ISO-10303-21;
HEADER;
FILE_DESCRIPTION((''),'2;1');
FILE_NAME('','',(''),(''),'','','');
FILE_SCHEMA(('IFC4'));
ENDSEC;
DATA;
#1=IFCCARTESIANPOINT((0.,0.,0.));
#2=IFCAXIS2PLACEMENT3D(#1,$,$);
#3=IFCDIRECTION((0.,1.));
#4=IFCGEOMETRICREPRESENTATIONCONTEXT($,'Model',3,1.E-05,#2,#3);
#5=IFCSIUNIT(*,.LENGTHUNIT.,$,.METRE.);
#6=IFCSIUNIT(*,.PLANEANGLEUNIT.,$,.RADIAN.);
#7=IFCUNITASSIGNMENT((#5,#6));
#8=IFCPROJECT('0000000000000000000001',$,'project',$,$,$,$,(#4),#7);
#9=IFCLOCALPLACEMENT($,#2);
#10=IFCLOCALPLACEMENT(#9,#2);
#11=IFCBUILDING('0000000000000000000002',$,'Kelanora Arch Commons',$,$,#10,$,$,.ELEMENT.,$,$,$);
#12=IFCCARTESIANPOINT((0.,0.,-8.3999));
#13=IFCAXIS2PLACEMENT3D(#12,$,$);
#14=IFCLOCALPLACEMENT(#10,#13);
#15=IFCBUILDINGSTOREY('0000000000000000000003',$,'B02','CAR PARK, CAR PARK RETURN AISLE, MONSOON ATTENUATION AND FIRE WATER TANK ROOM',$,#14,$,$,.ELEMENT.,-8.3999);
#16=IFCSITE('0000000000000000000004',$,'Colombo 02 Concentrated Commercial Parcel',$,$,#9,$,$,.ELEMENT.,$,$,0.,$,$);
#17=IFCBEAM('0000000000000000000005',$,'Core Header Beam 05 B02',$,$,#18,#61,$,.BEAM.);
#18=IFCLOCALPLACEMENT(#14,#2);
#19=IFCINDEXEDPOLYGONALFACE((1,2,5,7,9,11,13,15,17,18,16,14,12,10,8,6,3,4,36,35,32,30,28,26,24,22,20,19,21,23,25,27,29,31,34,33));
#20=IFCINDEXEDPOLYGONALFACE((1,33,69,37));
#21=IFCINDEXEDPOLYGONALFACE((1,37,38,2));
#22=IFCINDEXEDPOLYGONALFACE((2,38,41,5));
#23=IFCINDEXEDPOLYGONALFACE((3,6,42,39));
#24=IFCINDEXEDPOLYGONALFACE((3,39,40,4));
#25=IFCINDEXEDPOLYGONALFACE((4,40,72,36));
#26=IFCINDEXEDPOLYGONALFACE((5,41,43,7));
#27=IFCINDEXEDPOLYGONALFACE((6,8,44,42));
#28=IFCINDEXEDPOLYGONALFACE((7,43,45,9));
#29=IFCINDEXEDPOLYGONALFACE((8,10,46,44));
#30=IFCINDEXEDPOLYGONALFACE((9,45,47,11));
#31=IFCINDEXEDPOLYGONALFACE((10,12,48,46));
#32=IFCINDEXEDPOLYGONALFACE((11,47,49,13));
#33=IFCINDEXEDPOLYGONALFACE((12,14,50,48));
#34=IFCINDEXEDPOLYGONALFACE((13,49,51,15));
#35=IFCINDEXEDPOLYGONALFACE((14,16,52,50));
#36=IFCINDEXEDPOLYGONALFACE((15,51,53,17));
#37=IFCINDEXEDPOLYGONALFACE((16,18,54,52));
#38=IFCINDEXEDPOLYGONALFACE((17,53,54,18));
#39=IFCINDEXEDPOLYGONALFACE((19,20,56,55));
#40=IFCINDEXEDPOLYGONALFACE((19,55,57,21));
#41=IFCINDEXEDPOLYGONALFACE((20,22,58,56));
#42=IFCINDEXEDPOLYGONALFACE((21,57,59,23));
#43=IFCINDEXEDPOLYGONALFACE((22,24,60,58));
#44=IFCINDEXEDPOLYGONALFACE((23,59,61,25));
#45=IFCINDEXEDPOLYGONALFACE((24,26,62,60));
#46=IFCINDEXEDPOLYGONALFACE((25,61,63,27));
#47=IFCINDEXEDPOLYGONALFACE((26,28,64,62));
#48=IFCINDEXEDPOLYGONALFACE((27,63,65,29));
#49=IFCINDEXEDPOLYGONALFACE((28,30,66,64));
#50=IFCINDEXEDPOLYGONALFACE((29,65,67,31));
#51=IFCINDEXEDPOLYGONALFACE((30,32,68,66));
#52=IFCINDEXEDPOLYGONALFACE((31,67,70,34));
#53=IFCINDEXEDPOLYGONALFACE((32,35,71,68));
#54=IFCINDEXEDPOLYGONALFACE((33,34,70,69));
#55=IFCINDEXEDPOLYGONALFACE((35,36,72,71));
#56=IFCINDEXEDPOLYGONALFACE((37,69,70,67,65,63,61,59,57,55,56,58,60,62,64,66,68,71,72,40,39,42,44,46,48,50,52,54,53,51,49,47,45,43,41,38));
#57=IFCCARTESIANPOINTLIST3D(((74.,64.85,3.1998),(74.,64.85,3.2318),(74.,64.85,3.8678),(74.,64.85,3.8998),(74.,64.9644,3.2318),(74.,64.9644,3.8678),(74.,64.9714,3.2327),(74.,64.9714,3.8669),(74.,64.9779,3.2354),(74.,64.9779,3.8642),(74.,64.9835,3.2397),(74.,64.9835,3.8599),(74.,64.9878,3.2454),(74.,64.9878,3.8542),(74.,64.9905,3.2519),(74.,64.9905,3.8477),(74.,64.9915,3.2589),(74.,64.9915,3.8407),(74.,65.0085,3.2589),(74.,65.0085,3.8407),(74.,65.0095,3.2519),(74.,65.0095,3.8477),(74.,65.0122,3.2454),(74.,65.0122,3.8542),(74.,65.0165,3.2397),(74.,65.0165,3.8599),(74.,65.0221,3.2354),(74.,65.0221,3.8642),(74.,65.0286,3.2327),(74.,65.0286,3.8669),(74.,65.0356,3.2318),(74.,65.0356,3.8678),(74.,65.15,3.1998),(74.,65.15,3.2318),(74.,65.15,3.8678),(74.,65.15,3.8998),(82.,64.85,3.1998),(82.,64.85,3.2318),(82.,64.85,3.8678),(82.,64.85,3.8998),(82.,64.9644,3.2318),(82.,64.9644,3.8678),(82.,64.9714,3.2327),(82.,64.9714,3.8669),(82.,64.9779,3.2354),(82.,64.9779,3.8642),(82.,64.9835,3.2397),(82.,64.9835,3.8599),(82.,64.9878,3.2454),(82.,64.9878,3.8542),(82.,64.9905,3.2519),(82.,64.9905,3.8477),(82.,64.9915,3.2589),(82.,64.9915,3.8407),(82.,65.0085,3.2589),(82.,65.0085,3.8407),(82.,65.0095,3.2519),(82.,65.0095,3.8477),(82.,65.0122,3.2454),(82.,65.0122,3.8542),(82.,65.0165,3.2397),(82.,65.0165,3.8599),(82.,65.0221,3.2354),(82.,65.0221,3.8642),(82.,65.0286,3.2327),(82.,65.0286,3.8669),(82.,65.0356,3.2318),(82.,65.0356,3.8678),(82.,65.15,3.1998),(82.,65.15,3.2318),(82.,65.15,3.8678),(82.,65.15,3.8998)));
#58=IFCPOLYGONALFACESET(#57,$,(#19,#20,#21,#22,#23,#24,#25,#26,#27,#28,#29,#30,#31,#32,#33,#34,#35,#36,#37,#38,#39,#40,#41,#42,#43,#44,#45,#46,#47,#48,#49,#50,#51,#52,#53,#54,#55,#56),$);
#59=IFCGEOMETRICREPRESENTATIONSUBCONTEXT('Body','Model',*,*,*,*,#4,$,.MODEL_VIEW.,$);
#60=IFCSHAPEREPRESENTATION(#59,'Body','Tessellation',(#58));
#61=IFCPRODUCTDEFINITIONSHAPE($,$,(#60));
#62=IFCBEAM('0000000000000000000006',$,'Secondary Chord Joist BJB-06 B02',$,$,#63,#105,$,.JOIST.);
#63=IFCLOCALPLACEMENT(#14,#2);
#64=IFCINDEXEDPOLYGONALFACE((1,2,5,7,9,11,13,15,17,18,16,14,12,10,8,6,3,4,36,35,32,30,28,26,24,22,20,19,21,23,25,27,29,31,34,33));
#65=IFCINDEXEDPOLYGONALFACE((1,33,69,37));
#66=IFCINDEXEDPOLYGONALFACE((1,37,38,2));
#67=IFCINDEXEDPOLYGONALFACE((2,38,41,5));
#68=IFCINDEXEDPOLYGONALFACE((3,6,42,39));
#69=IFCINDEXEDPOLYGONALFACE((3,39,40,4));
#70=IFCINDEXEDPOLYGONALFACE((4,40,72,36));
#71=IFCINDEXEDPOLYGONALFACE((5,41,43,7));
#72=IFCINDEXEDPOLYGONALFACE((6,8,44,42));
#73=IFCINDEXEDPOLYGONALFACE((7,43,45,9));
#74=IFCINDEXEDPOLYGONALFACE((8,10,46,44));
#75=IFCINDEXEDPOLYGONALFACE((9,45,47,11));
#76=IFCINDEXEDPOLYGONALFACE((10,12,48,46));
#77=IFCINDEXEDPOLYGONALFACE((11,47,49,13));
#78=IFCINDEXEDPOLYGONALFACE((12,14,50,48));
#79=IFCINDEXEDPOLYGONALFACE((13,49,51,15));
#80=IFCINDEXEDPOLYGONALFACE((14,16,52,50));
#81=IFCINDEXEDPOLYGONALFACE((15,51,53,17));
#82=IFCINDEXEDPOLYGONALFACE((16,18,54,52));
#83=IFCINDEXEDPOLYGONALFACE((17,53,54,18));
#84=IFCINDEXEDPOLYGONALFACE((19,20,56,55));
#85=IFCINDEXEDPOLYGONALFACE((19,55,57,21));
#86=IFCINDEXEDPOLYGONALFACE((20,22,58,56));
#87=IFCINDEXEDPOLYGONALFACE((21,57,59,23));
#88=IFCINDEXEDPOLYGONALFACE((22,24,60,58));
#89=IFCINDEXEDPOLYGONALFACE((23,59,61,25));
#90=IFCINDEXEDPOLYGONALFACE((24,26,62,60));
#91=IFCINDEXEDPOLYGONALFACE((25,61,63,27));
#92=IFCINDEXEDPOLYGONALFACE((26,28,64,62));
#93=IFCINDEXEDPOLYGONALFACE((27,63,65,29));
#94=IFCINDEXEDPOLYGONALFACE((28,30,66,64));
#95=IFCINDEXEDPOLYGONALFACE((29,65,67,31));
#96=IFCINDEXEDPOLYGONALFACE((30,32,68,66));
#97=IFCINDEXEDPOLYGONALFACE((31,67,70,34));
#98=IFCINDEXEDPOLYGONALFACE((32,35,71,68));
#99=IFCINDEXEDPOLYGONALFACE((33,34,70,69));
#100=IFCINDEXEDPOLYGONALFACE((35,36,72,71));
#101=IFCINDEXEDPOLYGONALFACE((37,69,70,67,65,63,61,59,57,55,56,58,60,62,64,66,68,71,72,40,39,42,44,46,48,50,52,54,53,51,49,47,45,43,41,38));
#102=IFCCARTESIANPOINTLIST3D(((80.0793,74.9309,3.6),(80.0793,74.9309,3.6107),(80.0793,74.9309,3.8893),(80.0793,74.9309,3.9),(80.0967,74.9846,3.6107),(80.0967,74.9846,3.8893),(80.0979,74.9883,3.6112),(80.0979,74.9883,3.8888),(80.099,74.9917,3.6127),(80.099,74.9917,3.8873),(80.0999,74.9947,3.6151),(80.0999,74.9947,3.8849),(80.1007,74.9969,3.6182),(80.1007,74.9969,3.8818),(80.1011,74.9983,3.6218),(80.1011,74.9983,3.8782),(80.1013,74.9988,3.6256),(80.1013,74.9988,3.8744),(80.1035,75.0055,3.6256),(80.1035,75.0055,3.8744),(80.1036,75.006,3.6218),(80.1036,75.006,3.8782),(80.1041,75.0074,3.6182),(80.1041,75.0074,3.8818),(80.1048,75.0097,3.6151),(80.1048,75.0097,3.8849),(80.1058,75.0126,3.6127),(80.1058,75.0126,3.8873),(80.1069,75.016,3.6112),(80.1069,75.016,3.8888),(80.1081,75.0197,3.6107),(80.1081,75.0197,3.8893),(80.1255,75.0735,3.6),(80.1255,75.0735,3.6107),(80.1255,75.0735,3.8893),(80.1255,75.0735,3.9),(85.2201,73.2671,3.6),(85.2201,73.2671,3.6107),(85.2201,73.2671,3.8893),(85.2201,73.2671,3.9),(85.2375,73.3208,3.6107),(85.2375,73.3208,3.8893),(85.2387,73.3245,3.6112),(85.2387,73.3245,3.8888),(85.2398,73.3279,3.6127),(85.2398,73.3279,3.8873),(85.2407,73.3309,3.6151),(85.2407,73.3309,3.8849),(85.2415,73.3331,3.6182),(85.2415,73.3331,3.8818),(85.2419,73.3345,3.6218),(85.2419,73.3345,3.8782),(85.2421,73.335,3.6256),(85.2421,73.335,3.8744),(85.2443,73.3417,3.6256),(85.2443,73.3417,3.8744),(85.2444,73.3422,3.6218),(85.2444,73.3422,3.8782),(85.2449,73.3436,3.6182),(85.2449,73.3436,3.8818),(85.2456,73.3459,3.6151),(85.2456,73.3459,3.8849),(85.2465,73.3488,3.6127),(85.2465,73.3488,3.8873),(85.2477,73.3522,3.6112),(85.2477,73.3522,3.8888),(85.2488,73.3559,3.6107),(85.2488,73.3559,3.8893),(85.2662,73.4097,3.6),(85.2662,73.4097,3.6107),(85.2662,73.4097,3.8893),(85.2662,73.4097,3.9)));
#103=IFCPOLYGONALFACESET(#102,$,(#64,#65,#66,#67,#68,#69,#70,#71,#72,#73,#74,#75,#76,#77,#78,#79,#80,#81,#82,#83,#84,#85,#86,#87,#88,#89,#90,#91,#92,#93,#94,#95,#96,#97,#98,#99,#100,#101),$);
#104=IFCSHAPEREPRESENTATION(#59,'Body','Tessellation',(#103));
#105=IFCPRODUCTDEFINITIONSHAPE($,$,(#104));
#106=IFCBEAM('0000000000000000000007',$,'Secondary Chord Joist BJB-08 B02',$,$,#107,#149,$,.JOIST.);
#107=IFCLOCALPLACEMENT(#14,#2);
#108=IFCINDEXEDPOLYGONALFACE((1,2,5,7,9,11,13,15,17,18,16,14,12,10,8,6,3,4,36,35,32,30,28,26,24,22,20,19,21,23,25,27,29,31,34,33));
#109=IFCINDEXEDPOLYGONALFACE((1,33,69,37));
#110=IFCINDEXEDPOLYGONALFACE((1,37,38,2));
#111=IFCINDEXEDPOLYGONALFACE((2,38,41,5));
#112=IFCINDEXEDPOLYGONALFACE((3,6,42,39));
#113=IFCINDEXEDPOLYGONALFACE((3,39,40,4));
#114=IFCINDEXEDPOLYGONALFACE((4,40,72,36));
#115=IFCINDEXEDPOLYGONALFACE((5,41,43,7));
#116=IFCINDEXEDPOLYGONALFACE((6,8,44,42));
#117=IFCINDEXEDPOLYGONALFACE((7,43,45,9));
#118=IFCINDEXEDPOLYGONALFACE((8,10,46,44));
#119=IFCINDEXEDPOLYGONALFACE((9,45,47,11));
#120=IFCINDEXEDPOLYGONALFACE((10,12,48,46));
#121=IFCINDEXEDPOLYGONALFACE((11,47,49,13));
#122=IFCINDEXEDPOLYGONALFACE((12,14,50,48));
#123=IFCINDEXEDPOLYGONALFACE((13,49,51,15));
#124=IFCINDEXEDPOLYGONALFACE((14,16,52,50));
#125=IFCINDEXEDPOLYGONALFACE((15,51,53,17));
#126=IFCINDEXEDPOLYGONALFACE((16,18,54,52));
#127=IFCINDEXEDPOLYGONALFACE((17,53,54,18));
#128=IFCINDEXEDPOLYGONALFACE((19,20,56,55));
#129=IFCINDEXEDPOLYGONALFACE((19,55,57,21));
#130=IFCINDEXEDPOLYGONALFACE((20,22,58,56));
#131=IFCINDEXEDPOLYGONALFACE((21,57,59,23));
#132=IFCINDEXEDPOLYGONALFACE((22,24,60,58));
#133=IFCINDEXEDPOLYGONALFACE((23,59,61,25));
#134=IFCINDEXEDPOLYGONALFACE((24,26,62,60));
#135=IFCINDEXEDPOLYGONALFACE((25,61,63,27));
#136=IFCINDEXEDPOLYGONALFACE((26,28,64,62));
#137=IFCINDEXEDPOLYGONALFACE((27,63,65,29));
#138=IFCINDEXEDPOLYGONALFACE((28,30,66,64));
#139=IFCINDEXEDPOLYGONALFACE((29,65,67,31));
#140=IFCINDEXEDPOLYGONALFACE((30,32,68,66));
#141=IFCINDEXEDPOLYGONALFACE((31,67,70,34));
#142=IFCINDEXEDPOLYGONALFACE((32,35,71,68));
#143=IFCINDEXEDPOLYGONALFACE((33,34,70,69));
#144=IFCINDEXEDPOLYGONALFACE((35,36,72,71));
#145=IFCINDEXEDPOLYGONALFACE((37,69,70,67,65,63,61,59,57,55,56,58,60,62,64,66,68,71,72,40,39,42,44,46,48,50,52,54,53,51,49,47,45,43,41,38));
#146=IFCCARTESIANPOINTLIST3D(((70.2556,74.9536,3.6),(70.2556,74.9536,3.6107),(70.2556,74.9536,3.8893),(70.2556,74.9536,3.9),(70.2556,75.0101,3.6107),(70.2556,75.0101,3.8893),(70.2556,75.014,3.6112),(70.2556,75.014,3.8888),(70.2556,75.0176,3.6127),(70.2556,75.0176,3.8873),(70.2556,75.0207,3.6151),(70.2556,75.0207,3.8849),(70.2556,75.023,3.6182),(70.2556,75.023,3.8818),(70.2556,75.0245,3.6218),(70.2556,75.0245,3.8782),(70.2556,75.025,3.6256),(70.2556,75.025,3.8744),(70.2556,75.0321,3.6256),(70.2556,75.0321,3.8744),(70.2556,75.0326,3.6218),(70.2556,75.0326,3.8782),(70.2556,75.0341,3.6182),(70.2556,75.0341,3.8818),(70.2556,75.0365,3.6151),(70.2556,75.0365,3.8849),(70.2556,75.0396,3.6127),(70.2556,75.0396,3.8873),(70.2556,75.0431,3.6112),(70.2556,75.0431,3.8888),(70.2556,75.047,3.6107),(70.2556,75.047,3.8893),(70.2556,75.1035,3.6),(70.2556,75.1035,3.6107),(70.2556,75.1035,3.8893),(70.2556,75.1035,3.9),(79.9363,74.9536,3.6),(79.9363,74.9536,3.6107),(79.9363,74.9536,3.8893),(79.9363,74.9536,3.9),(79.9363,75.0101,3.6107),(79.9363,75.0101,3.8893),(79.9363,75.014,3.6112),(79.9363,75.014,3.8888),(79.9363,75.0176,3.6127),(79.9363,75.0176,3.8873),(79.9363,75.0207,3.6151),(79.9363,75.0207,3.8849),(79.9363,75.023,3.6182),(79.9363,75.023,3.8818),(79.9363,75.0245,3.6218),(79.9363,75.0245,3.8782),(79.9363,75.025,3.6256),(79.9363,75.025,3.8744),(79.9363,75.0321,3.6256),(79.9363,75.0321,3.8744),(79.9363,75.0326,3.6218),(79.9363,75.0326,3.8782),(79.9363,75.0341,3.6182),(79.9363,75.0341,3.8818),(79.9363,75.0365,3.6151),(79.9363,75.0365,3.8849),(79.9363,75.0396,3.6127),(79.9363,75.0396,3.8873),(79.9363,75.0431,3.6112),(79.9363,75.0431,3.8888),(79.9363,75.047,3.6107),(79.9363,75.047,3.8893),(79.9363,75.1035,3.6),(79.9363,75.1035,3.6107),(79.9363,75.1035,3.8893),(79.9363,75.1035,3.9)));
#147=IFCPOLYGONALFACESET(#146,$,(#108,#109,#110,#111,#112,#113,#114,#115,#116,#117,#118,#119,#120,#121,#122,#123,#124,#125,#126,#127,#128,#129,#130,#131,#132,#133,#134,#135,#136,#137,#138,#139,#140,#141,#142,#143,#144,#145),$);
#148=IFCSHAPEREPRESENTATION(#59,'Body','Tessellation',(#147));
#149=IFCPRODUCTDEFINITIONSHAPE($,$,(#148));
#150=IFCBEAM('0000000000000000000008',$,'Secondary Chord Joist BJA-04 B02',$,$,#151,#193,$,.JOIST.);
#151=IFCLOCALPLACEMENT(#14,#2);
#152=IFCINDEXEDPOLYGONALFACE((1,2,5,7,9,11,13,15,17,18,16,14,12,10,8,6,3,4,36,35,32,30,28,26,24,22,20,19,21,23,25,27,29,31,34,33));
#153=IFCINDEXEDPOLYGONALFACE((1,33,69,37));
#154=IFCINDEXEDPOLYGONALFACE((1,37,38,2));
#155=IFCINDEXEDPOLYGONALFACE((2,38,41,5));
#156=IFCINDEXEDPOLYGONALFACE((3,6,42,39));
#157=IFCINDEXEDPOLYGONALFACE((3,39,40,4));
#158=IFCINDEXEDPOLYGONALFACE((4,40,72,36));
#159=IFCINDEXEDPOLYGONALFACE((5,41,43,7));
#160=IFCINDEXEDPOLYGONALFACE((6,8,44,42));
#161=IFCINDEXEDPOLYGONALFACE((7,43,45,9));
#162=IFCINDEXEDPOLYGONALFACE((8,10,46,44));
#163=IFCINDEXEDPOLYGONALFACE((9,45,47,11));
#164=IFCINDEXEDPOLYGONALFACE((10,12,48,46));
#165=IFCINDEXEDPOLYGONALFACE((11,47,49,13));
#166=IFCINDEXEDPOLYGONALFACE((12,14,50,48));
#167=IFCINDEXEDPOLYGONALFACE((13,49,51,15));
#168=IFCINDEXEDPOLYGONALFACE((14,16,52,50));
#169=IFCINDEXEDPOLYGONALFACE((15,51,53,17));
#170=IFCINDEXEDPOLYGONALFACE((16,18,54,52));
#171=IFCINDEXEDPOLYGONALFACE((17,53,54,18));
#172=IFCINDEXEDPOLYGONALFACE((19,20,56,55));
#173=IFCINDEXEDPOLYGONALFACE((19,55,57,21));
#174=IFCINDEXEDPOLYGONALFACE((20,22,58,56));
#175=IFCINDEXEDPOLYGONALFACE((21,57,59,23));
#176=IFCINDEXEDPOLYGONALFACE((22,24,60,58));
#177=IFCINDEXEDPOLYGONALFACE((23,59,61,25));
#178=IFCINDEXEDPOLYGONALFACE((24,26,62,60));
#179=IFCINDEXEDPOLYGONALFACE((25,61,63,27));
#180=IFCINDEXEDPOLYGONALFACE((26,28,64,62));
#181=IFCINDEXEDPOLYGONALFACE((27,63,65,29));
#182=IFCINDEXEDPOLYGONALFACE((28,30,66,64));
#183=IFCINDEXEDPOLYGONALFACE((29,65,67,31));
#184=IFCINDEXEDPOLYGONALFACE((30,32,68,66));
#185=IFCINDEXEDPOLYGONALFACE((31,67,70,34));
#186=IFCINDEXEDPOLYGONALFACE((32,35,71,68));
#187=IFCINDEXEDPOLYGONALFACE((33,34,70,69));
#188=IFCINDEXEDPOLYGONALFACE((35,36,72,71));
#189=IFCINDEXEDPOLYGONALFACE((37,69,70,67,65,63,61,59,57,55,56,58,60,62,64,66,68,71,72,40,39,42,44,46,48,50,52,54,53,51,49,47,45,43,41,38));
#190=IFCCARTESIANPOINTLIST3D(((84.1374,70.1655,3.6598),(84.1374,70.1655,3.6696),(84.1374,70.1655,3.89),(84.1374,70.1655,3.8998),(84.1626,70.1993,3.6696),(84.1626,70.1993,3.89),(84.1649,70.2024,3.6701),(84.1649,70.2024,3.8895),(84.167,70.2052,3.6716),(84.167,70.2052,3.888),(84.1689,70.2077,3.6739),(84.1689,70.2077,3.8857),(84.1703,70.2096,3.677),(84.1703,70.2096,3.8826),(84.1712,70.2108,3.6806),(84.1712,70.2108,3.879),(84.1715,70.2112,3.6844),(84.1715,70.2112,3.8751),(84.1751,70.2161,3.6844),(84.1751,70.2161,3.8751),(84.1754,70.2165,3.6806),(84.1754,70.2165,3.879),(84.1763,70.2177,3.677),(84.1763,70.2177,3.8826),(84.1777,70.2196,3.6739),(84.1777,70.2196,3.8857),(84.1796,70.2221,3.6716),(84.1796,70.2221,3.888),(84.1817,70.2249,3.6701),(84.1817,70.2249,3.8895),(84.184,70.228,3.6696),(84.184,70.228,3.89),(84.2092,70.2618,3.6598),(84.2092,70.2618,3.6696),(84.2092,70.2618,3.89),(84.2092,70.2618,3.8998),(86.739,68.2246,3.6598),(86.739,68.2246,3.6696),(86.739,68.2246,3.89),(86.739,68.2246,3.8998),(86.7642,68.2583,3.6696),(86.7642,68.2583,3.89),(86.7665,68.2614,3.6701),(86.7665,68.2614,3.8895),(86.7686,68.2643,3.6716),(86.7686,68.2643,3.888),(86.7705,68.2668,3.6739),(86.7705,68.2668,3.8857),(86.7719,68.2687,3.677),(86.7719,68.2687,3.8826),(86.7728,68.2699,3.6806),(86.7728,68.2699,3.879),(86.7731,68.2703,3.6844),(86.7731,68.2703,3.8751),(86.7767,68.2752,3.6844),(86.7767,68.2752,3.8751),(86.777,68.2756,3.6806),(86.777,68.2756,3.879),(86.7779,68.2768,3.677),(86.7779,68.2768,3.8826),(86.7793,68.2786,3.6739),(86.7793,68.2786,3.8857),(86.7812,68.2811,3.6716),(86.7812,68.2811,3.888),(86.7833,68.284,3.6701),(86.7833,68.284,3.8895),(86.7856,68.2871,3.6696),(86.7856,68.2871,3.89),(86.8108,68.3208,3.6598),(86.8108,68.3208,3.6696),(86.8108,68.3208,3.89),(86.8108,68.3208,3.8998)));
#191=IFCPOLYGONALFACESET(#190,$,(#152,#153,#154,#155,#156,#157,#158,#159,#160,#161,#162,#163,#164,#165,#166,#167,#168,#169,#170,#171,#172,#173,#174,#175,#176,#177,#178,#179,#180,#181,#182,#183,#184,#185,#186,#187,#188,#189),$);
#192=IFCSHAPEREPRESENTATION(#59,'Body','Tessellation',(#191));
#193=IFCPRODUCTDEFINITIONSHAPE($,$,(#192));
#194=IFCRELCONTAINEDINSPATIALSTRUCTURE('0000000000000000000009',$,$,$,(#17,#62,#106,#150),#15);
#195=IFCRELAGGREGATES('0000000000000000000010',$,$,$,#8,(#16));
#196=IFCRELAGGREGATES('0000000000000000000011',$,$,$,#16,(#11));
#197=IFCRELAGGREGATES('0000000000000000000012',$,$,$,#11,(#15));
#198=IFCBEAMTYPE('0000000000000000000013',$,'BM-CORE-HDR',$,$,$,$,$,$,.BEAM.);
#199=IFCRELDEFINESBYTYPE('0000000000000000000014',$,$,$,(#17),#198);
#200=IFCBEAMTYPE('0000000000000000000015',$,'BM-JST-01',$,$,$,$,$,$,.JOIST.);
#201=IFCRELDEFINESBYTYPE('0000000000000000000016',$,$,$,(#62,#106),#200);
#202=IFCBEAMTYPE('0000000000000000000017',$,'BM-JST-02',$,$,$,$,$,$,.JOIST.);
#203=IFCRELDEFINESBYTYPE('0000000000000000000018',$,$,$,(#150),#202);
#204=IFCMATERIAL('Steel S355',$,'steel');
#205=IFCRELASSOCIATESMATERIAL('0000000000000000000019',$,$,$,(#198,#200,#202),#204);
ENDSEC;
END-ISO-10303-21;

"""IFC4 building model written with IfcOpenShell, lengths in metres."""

from ifc_helpers import new_model, si_unit, direction, frame, origin, origin_2d, place, context, subcontext, project, spatial, i_section, extrude, material, material_profile, profile_set, type_object, element, save


model = new_model("IFC4")

# Units and contexts
model_context = context("Model", 3, precision=1e-05, world=origin(), true_north=direction((0.0, 1.0)))
body_context = subcontext(model_context, "Body", "Model", "MODEL_VIEW")
ifc_project = project(units=[si_unit("LENGTHUNIT", "METRE"), si_unit("PLANEANGLEUNIT", "RADIAN")], contexts=[model_context])

# Site, building, storey
site_placement = place(None, origin())
site = spatial("IfcSite", under=ifc_project, at=site_placement, Name="Colombo 02 Concentrated Commercial Parcel", CompositionType="ELEMENT", RefElevation=0.0)
building_placement = place(site_placement, origin())
building = spatial("IfcBuilding", under=site, at=building_placement, Name="Kelanora Arch Commons", CompositionType="ELEMENT")
storey_placement = place(building_placement, frame((0.0, 0.0, -8.3999)))
storey = spatial("IfcBuildingStorey", under=building, at=storey_placement, Name="B02", Description="CAR PARK, CAR PARK RETURN AISLE, MONSOON ATTENUATION AND FIRE WATER TANK ROOM", CompositionType="ELEMENT", Elevation=-8.3999)

# Shared definitions
ifc_material_1 = material(Name="Steel S355", Category="steel")

# Beams
ifc_material_profile_1 = material_profile(ifc_material_1, i_section(OverallWidth=0.3, OverallDepth=0.7, WebThickness=0.0171, FlangeThickness=0.032, FilletRadius=0.0271, at=origin_2d()), Name="HEB700")
ifc_profile_set_1 = profile_set([ifc_material_profile_1], Name="Steel S355")
beam_type_1 = type_object("IfcBeamType", Name="BM-CORE-HDR", PredefinedType="BEAM", material=ifc_profile_set_1)
beam_1_placement = place(storey_placement, frame((82.0, 65.0, 3.5498), z_axis=(-1.0, 0.0, 0.0), x_axis=(0.0, -1.0, 0.0)))
element("IfcBeam", 1, at=beam_1_placement, inside=storey, type_object=beam_type_1, Name="Core Header Beam 05 B02", PredefinedType="BEAM", context=body_context, shape_type="SweptSolid", body=[
    extrude(i_section(OverallWidth=0.3, OverallDepth=0.7, WebThickness=0.0171, FlangeThickness=0.032, FilletRadius=0.0271, at=origin_2d()), origin(), (0.0, 0.0, 1.0), 8.0),
])
ifc_material_profile_2 = material_profile(ifc_material_1, i_section(OverallWidth=0.1499, OverallDepth=0.3, WebThickness=0.0071, FlangeThickness=0.0107, FilletRadius=0.0149, at=origin_2d()), Name="IPE300")
ifc_profile_set_2 = profile_set([ifc_material_profile_2], Name="Steel S355")
beam_type_2 = type_object("IfcBeamType", Name="BM-JST-01", PredefinedType="JOIST", material=ifc_profile_set_2)
beam_2_placement = place(storey_placement, frame((85.2432, 73.3384, 3.75), z_axis=(-0.951412, 0.30792, 0.0), x_axis=(-0.30792, -0.951412, 0.0)))
element("IfcBeam", 2, at=beam_2_placement, inside=storey, type_object=beam_type_2, Name="Secondary Chord Joist BJB-06 B02", PredefinedType="JOIST", context=body_context, shape_type="SweptSolid", body=[
    extrude(i_section(OverallWidth=0.1499, OverallDepth=0.3, WebThickness=0.0071, FlangeThickness=0.0107, FilletRadius=0.0149, at=origin_2d()), origin(), (0.0, 0.0, 1.0), 5.4033),
])
beam_3_placement = place(storey_placement, frame((79.9363, 75.0286, 3.75), z_axis=(-1.0, 0.0, 0.0), x_axis=(0.0, -1.0, 0.0)))
element("IfcBeam", 3, at=beam_3_placement, inside=storey, type_object=beam_type_2, Name="Secondary Chord Joist BJB-08 B02", PredefinedType="JOIST", context=body_context, shape_type="SweptSolid", body=[
    extrude(i_section(OverallWidth=0.1499, OverallDepth=0.3, WebThickness=0.0071, FlangeThickness=0.0107, FilletRadius=0.0149, at=origin_2d()), origin(), (0.0, 0.0, 1.0), 9.6807),
])
ifc_material_profile_3 = material_profile(ifc_material_1, i_section(OverallWidth=0.1201, OverallDepth=0.24, WebThickness=0.0061, FlangeThickness=0.0098, FilletRadius=0.0149, at=origin_2d()), Name="IPE240")
ifc_profile_set_3 = profile_set([ifc_material_profile_3], Name="Steel S355")
beam_type_3 = type_object("IfcBeamType", Name="BM-JST-02", PredefinedType="JOIST", material=ifc_profile_set_3)
beam_4_placement = place(storey_placement, frame((86.7749, 68.2727, 3.7798), z_axis=(-0.801514, 0.597976, 0.0), x_axis=(-0.597976, -0.801514, 0.0)))
element("IfcBeam", 4, at=beam_4_placement, inside=storey, type_object=beam_type_3, Name="Secondary Chord Joist BJA-04 B02", PredefinedType="JOIST", context=body_context, shape_type="SweptSolid", body=[
    extrude(i_section(OverallWidth=0.1201, OverallDepth=0.24, WebThickness=0.0061, FlangeThickness=0.0098, FilletRadius=0.0149, at=origin_2d()), origin(), (0.0, 0.0, 1.0), 3.2458),
])

save(model, "model.ifc")
